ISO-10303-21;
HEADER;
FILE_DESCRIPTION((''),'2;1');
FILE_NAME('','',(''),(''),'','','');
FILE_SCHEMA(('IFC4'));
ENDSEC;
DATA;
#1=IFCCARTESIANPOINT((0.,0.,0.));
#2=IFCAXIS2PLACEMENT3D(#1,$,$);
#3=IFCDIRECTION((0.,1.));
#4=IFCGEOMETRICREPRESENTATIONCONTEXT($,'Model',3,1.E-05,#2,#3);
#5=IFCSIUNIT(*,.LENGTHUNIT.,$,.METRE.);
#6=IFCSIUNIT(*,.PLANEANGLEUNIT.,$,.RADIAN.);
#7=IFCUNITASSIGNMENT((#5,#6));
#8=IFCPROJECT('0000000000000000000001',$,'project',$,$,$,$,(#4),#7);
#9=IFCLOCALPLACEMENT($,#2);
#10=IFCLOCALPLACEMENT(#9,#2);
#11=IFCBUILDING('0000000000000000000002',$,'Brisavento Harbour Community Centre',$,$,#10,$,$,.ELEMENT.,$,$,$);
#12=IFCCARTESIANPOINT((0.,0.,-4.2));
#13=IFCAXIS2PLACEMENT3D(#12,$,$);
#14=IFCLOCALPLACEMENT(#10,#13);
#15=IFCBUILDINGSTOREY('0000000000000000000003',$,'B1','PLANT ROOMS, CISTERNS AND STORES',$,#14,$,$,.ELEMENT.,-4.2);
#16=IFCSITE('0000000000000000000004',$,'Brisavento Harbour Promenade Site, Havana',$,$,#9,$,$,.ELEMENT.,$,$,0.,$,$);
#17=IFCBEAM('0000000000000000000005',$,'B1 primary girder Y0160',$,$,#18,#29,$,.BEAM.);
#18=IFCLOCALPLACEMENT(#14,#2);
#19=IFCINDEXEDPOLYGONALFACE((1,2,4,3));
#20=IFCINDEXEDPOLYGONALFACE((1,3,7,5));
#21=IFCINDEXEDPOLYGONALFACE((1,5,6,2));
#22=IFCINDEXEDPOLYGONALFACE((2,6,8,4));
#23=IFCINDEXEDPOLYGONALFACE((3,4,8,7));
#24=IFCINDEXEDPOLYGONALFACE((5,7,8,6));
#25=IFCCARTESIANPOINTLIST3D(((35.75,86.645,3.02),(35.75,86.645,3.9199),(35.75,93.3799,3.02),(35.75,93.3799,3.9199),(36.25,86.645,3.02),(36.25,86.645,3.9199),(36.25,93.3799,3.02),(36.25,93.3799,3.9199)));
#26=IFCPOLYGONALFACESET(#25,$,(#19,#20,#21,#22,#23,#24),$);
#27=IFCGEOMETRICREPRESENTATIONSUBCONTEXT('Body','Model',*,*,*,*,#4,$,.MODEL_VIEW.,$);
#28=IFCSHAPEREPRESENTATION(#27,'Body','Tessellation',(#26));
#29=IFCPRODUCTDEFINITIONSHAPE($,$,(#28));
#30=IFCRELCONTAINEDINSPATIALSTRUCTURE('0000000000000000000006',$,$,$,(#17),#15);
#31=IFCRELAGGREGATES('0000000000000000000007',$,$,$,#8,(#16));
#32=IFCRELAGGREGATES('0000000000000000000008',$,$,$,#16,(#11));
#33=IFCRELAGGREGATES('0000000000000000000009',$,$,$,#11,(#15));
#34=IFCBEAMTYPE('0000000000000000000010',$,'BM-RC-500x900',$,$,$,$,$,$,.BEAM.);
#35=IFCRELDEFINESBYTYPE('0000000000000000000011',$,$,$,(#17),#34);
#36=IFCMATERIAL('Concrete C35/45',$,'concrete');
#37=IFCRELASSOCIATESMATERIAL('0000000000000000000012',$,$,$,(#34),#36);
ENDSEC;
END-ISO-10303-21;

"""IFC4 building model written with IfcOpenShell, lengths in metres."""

from ifc_helpers import new_model, si_unit, direction, frame, origin, origin_2d, place, context, subcontext, project, spatial, rectangle, extrude, material, material_profile, profile_set, type_object, element, save


model = new_model("IFC4")

# Units and contexts
model_context = context("Model", 3, precision=1e-05, world=origin(), true_north=direction((0.0, 1.0)))
body_context = subcontext(model_context, "Body", "Model", "MODEL_VIEW")
ifc_project = project(units=[si_unit("LENGTHUNIT", "METRE"), si_unit("PLANEANGLEUNIT", "RADIAN")], contexts=[model_context])

# Site, building, storey
site_placement = place(None, origin())
site = spatial("IfcSite", under=ifc_project, at=site_placement, Name="Brisavento Harbour Promenade Site, Havana", CompositionType="ELEMENT", RefElevation=0.0)
building_placement = place(site_placement, origin())
building = spatial("IfcBuilding", under=site, at=building_placement, Name="Brisavento Harbour Community Centre", CompositionType="ELEMENT")
storey_placement = place(building_placement, frame((0.0, 0.0, -4.2)))
storey = spatial("IfcBuildingStorey", under=building, at=storey_placement, Name="B1", Description="PLANT ROOMS, CISTERNS AND STORES", CompositionType="ELEMENT", Elevation=-4.2)

# Shared definitions
ifc_material = material(Name="Concrete C35/45", Category="concrete")

# Beam
ifc_material_profile_1 = material_profile(ifc_material, rectangle(XDim=0.5, YDim=0.8999, at=origin_2d()), Name="Concrete C35/45")
ifc_profile_set_1 = profile_set([ifc_material_profile_1], Name="Concrete C35/45")
beam_type_1 = type_object("IfcBeamType", Name="BM-RC-500x900", PredefinedType="BEAM", material=ifc_profile_set_1)
beam_1_placement = place(storey_placement, frame((36.0, 86.645, 3.47), z_axis=(0.0, 1.0, 0.0), x_axis=(-1.0, 0.0, 0.0)))
element("IfcBeam", 1, at=beam_1_placement, inside=storey, type_object=beam_type_1, Name="B1 primary girder Y0160", PredefinedType="BEAM", context=body_context, shape_type="SweptSolid", body=[
    extrude(rectangle(XDim=0.5, YDim=0.8999, at=origin_2d()), origin(), (0.0, 0.0, 1.0), 6.7349),
])

save(model, "model.ifc")
